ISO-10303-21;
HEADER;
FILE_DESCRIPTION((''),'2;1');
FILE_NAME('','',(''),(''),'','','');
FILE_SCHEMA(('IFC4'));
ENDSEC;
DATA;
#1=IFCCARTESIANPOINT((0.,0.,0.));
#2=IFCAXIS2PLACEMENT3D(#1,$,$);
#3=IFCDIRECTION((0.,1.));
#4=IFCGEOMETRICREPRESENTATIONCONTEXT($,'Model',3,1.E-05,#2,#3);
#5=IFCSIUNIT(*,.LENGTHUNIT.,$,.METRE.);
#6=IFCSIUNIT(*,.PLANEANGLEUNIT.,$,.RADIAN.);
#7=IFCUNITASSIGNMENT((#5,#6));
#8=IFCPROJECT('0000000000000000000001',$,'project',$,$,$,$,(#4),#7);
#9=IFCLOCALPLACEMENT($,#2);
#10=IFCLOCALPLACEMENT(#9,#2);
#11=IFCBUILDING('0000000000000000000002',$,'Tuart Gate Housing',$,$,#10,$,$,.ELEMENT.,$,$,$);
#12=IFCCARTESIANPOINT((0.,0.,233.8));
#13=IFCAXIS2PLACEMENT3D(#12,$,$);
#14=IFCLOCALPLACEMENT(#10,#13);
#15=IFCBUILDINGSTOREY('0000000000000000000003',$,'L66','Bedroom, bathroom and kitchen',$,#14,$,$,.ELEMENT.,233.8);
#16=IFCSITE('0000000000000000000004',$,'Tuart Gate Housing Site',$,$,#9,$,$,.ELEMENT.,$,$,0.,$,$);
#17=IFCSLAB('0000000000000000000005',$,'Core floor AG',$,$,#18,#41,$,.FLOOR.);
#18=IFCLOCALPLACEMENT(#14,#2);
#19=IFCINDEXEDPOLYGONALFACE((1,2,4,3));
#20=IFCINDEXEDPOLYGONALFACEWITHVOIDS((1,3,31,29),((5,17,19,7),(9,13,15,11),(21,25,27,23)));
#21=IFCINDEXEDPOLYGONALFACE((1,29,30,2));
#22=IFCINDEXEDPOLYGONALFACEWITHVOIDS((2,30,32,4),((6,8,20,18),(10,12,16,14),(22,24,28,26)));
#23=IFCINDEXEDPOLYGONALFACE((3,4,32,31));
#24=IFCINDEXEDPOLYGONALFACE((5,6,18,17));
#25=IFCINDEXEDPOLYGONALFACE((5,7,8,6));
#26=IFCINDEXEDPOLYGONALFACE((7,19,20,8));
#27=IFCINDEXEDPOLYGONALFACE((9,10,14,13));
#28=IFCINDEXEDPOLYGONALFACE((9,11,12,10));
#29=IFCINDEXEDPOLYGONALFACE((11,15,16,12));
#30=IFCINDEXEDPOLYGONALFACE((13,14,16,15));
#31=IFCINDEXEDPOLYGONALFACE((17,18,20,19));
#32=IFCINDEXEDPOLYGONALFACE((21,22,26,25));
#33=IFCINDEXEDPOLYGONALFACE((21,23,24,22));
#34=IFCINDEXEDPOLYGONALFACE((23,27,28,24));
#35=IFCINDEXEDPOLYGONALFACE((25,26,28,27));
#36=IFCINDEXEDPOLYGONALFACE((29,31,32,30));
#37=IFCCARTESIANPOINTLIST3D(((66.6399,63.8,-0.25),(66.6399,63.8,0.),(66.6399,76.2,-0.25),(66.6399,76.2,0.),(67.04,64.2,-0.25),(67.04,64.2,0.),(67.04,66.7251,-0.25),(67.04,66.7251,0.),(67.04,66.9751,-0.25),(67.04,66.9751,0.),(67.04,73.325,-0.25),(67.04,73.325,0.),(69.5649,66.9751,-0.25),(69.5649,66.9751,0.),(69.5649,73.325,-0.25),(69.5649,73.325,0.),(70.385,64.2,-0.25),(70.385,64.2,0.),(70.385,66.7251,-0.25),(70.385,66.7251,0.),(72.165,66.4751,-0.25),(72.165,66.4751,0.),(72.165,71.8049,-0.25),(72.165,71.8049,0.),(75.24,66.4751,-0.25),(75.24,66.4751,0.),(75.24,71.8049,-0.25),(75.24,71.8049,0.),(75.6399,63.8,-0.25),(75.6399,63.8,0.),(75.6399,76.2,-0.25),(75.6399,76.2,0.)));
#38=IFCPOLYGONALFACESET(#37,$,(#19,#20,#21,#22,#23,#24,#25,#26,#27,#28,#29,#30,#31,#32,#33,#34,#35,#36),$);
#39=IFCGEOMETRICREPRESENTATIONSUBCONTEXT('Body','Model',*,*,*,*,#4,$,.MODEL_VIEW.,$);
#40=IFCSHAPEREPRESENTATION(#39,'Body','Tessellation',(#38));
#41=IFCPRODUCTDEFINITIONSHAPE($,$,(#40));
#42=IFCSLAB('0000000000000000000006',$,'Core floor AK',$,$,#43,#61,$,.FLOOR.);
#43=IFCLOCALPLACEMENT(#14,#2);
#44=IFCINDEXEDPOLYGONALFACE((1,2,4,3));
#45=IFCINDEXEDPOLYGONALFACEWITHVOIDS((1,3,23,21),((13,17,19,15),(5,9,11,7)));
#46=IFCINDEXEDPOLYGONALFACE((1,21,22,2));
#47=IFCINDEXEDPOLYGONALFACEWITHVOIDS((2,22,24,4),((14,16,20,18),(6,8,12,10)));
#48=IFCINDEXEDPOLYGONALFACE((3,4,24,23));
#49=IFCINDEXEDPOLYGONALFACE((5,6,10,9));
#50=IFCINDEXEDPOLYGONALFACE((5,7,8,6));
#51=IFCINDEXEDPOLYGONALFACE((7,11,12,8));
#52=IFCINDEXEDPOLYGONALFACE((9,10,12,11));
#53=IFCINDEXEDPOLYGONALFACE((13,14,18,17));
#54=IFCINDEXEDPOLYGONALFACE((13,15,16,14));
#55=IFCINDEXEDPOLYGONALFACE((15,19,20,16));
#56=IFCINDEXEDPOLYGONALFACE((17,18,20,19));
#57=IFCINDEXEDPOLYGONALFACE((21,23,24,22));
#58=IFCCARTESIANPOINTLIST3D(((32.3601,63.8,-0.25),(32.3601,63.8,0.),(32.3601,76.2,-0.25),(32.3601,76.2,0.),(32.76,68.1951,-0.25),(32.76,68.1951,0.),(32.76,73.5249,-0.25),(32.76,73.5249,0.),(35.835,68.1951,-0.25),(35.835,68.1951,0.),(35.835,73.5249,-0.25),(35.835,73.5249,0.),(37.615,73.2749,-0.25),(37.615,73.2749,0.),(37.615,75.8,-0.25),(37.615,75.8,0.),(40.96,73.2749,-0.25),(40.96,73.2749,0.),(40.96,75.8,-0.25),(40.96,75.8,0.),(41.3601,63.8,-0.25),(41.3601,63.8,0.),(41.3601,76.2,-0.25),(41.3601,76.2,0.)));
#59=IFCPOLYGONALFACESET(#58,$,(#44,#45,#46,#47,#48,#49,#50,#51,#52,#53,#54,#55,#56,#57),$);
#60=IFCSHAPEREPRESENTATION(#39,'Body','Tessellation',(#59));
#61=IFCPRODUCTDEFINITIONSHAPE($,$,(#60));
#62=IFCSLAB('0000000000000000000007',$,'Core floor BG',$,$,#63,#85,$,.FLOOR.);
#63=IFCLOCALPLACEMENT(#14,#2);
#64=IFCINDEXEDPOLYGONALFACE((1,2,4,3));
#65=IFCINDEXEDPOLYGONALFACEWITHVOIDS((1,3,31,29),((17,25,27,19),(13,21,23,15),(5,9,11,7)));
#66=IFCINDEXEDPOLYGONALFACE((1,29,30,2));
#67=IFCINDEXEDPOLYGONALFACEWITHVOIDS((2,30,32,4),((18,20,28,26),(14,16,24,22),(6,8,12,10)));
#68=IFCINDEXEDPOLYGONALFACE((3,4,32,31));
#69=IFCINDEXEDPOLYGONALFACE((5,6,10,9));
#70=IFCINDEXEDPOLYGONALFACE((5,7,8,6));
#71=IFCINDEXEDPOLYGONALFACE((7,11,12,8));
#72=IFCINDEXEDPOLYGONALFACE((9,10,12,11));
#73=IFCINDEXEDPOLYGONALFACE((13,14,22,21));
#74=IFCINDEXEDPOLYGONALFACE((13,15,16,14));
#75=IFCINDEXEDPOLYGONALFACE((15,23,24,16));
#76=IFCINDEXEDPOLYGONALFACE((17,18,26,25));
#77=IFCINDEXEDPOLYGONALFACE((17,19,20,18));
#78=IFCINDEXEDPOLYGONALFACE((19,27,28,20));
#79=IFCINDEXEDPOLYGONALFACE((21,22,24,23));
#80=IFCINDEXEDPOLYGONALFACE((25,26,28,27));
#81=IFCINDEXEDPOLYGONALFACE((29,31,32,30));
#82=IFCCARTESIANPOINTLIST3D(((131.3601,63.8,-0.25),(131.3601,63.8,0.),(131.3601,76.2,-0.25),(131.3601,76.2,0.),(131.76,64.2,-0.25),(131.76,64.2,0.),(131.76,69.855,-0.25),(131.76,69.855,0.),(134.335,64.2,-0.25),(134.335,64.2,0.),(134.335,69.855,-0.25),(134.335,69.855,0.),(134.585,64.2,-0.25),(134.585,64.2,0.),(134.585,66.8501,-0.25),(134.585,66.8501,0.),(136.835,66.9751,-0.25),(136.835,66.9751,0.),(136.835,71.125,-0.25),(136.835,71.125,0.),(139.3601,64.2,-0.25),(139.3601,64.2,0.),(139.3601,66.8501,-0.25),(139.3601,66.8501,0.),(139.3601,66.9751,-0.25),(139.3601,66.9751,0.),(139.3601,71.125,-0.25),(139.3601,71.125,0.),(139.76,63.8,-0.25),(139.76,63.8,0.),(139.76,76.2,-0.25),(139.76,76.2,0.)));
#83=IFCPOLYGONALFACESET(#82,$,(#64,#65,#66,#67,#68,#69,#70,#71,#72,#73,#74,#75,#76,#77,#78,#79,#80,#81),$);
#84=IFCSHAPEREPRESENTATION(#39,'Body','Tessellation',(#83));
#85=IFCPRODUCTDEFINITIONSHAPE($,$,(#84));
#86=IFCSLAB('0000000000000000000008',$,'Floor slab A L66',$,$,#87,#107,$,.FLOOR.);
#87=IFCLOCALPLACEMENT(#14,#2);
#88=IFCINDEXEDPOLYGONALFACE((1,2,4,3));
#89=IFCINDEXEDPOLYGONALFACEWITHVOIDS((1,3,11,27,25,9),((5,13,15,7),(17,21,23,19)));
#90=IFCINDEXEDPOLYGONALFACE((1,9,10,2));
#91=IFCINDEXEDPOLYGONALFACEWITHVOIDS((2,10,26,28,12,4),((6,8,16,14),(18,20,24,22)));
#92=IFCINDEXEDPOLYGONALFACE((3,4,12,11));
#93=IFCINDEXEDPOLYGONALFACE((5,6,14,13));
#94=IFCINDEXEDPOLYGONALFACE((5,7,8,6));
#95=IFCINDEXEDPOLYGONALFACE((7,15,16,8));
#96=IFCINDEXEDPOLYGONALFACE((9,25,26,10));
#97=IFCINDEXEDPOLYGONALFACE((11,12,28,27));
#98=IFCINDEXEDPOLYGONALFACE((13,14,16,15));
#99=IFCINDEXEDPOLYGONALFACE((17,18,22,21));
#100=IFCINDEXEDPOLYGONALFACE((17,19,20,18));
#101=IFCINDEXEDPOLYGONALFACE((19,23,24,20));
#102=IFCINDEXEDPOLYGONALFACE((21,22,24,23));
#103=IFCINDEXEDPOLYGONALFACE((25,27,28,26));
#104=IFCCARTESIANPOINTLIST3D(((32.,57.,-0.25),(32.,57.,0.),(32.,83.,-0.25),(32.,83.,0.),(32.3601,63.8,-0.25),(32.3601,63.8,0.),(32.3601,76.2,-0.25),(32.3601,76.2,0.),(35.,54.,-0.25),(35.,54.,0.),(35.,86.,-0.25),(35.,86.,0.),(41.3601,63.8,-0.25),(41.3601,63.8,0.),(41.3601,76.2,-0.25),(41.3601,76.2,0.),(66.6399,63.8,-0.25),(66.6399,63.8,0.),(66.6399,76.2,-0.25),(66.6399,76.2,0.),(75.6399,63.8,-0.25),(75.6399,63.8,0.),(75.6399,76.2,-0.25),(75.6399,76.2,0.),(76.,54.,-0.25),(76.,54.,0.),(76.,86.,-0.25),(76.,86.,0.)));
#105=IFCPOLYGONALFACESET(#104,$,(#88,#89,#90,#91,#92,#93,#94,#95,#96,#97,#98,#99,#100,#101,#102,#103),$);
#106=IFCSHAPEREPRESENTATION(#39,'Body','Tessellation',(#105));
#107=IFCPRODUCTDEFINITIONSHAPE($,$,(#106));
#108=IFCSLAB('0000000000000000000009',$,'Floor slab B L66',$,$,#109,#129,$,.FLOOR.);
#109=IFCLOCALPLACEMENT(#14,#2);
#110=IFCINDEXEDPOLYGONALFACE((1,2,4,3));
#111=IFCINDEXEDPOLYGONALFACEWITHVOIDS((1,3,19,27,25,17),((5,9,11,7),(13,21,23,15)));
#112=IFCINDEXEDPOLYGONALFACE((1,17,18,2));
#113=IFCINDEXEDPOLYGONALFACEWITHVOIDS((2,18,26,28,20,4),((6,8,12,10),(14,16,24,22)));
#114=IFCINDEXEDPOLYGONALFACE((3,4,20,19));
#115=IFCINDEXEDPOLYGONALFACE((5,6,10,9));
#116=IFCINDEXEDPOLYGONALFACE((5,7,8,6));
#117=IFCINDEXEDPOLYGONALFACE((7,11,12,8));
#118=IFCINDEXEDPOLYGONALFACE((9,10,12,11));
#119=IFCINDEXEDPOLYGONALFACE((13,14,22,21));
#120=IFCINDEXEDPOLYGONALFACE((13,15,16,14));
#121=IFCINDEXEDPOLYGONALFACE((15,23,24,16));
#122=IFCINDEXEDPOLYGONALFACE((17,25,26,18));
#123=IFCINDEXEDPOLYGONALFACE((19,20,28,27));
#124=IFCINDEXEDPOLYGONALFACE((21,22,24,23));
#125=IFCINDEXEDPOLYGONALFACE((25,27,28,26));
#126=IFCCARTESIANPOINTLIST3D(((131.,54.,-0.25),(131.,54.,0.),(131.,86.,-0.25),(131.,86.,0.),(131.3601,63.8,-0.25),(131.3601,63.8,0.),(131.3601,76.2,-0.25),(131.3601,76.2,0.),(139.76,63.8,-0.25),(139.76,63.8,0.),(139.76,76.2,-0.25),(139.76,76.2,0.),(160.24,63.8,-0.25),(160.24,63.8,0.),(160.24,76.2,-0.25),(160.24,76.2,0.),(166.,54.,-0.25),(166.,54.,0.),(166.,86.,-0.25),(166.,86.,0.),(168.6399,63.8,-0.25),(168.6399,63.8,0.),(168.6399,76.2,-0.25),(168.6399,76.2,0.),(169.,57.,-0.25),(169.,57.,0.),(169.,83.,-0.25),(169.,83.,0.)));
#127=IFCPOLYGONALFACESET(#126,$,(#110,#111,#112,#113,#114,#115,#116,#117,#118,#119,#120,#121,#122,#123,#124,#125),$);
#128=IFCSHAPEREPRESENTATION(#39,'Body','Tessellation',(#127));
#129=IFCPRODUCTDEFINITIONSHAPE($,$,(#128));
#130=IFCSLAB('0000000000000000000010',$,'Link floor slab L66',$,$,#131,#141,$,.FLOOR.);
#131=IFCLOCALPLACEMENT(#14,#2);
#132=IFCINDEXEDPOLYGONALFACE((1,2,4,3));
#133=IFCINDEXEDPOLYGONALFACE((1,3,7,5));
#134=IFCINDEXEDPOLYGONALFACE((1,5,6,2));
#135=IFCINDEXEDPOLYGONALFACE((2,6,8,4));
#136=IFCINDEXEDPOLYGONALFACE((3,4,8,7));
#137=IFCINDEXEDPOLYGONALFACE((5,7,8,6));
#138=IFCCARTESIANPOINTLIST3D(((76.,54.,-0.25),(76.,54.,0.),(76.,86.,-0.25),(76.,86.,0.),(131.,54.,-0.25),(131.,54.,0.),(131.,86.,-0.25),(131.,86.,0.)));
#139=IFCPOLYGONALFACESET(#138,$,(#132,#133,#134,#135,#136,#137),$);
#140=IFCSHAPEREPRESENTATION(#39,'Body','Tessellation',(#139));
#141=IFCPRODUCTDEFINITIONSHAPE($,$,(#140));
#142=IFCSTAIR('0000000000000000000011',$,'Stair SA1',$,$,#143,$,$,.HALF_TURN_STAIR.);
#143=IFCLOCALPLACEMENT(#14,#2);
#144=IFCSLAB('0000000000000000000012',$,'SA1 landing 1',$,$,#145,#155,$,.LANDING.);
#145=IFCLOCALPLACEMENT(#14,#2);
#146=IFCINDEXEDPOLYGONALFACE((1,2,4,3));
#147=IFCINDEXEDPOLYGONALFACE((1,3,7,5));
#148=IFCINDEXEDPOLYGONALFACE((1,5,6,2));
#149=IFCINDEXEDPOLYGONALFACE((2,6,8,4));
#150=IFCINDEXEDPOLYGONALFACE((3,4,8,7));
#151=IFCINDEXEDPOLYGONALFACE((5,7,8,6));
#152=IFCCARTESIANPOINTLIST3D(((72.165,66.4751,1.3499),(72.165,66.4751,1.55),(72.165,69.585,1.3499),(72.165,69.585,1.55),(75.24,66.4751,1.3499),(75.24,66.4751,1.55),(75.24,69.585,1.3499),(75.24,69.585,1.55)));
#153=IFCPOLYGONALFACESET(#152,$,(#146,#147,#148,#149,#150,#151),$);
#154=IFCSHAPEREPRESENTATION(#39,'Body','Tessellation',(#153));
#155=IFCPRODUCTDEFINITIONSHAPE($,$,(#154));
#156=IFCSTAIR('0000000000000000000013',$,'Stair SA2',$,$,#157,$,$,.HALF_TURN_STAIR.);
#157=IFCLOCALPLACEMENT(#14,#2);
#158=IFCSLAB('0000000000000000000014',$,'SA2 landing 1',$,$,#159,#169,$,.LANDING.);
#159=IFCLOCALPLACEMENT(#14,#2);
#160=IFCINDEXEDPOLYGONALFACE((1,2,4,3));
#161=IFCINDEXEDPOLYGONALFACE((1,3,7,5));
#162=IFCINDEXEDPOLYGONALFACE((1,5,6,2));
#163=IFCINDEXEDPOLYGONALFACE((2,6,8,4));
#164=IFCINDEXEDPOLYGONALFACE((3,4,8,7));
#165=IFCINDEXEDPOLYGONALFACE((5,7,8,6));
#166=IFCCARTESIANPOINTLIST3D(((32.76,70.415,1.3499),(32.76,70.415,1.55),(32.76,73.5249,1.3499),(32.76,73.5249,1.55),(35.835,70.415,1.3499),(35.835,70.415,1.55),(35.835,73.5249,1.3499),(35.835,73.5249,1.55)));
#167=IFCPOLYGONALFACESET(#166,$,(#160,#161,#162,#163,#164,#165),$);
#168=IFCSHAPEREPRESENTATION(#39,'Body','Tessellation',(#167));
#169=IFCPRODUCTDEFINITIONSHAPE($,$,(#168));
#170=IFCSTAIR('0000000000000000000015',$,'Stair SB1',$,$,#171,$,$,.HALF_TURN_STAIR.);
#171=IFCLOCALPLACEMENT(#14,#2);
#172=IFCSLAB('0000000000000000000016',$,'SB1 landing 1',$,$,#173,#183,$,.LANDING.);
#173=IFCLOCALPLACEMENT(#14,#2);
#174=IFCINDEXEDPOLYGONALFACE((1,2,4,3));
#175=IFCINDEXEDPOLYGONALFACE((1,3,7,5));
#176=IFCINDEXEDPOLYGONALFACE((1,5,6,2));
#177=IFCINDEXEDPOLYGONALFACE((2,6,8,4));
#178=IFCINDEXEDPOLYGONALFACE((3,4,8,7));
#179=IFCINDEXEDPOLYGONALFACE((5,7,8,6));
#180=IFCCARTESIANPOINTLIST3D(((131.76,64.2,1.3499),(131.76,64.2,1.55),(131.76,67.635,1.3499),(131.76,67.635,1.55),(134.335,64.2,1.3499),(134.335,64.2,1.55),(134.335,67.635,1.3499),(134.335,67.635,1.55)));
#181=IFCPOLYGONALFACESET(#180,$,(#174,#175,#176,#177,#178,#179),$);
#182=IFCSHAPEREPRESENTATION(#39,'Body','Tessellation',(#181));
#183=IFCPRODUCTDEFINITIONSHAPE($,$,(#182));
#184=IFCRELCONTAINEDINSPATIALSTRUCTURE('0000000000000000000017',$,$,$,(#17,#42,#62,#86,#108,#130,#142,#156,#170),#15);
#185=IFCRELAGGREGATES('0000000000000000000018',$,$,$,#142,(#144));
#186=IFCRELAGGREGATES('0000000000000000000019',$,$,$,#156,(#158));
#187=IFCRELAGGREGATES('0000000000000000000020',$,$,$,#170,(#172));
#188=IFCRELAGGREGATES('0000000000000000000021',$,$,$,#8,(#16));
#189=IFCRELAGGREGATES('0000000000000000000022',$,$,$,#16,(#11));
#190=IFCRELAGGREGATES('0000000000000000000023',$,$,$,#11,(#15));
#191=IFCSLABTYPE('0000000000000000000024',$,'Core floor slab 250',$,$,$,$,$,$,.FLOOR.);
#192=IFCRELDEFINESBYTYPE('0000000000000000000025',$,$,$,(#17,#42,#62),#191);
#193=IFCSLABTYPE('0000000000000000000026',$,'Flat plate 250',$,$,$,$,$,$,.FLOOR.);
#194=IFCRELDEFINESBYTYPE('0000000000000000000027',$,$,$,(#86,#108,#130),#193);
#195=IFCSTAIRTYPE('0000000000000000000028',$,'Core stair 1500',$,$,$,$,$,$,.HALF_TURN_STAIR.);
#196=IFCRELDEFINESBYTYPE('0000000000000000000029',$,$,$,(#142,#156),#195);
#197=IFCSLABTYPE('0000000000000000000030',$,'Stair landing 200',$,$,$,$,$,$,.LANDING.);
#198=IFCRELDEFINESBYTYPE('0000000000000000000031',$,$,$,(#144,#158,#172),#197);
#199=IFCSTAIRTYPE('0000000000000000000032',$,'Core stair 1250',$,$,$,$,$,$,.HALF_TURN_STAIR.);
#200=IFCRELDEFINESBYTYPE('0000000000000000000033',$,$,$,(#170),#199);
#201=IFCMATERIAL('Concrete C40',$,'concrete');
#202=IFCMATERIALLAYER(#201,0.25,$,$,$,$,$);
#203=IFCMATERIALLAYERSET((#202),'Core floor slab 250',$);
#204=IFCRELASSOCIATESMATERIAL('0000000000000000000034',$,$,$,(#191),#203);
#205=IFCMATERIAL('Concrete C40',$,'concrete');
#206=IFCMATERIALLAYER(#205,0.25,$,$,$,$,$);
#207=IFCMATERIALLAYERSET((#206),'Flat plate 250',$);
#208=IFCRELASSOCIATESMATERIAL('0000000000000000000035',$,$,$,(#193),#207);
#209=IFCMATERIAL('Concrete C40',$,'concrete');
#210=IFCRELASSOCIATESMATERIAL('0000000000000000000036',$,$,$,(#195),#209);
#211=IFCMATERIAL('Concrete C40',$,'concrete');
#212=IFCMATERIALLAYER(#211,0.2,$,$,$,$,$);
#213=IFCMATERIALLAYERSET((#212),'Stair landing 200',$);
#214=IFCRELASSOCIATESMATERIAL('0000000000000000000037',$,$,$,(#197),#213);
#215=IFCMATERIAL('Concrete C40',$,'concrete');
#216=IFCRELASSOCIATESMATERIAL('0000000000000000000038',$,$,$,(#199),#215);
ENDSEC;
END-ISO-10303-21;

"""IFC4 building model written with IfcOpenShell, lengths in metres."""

from ifc_helpers import new_model, si_unit, direction, frame, origin, place, context, subcontext, project, spatial, polyline, outline, extrude, material, layer, layer_set, type_object, element, aggregate, save


model = new_model("IFC4")

# Units and contexts
model_context = context("Model", 3, precision=1e-05, world=origin(), true_north=direction((0.0, 1.0)))
body_context = subcontext(model_context, "Body", "Model", "MODEL_VIEW")
ifc_project = project(units=[si_unit("LENGTHUNIT", "METRE"), si_unit("PLANEANGLEUNIT", "RADIAN")], contexts=[model_context])

# Site, building, storey
site_placement = place(None, origin())
site = spatial("IfcSite", under=ifc_project, at=site_placement, Name="Tuart Gate Housing Site", CompositionType="ELEMENT", RefElevation=0.0)
building_placement = place(site_placement, origin())
building = spatial("IfcBuilding", under=site, at=building_placement, Name="Tuart Gate Housing", CompositionType="ELEMENT")
storey_placement = place(building_placement, frame((0.0, 0.0, 233.8)))
storey = spatial("IfcBuildingStorey", under=building, at=storey_placement, Name="L66", Description="Bedroom, bathroom and kitchen", CompositionType="ELEMENT", Elevation=233.8)

# Slabs
ifc_material_1 = material(Name="Concrete C40", Category="concrete")
ifc_layer_1 = layer(ifc_material_1, 0.25)
ifc_layer_set_1 = layer_set([ifc_layer_1], Name="Core floor slab 250")
slab_type_1 = type_object("IfcSlabType", Name="Core floor slab 250", PredefinedType="FLOOR", material=ifc_layer_set_1)
slab_1_placement = place(storey_placement, frame((0.0, 0.0, -0.25)))
element("IfcSlab", 1, at=slab_1_placement, inside=storey, type_object=slab_type_1, Name="Core floor AG", PredefinedType="FLOOR", context=body_context, shape_type="SweptSolid", body=[
    extrude(outline(polyline([(66.6399, 63.8), (75.6399, 63.8), (75.6399, 76.2), (66.6399, 76.2), (66.6399, 63.8)]), holes=[polyline([(67.04, 64.2), (70.385, 64.2), (70.385, 66.7251), (67.04, 66.7251), (67.04, 64.2)]), polyline([(67.04, 66.9751), (69.5649, 66.9751), (69.5649, 73.325), (67.04, 73.325), (67.04, 66.9751)]), polyline([(72.165, 66.4751), (75.24, 66.4751), (75.24, 71.8049), (72.165, 71.8049), (72.165, 66.4751)])]), origin(), (0.0, 0.0, 1.0), 0.25),
])
slab_2_placement = place(storey_placement, frame((0.0, 0.0, -0.25)))
element("IfcSlab", 2, at=slab_2_placement, inside=storey, type_object=slab_type_1, Name="Core floor AK", PredefinedType="FLOOR", context=body_context, shape_type="SweptSolid", body=[
    extrude(outline(polyline([(32.3601, 63.8), (41.3601, 63.8), (41.3601, 76.2), (32.3601, 76.2), (32.3601, 63.8)]), holes=[polyline([(40.96, 75.8), (37.615, 75.8), (37.615, 73.2749), (40.96, 73.2749), (40.96, 75.8)]), polyline([(35.835, 73.5249), (32.76, 73.5249), (32.76, 68.1951), (35.835, 68.1951), (35.835, 73.5249)])]), origin(), (0.0, 0.0, 1.0), 0.25),
])
slab_3_placement = place(storey_placement, frame((0.0, 0.0, -0.25)))
element("IfcSlab", 3, at=slab_3_placement, inside=storey, type_object=slab_type_1, Name="Core floor BG", PredefinedType="FLOOR", context=body_context, shape_type="SweptSolid", body=[
    extrude(outline(polyline([(131.3601, 63.8), (139.76, 63.8), (139.76, 76.2), (131.3601, 76.2), (131.3601, 63.8)]), holes=[polyline([(139.3601, 66.8501), (134.585, 66.8501), (134.585, 64.2), (139.3601, 64.2), (139.3601, 66.8501)]), polyline([(139.3601, 71.125), (136.835, 71.125), (136.835, 66.9751), (139.3601, 66.9751), (139.3601, 71.125)]), polyline([(134.335, 69.855), (131.76, 69.855), (131.76, 64.2), (134.335, 64.2), (134.335, 69.855)])]), origin(), (0.0, 0.0, 1.0), 0.25),
])
ifc_material_2 = material(Name="Concrete C40", Category="concrete")
ifc_layer_2 = layer(ifc_material_2, 0.25)
ifc_layer_set_2 = layer_set([ifc_layer_2], Name="Flat plate 250")
slab_type_2 = type_object("IfcSlabType", Name="Flat plate 250", PredefinedType="FLOOR", material=ifc_layer_set_2)
slab_4_placement = place(storey_placement, frame((0.0, 0.0, -0.25)))
element("IfcSlab", 4, at=slab_4_placement, inside=storey, type_object=slab_type_2, Name="Floor slab A L66", PredefinedType="FLOOR", context=body_context, shape_type="SweptSolid", body=[
    extrude(outline(polyline([(35.0, 86.0), (32.0, 83.0), (32.0, 57.0), (35.0, 54.0), (76.0, 54.0), (76.0, 86.0), (35.0, 86.0)]), holes=[polyline([(66.6399, 76.2), (75.6399, 76.2), (75.6399, 63.8), (66.6399, 63.8), (66.6399, 76.2)]), polyline([(41.3601, 76.2), (41.3601, 63.8), (32.3601, 63.8), (32.3601, 76.2), (41.3601, 76.2)])]), origin(), (0.0, 0.0, 1.0), 0.25),
])
slab_5_placement = place(storey_placement, frame((0.0, 0.0, -0.25)))
element("IfcSlab", 5, at=slab_5_placement, inside=storey, type_object=slab_type_2, Name="Floor slab B L66", PredefinedType="FLOOR", context=body_context, shape_type="SweptSolid", body=[
    extrude(outline(polyline([(166.0, 86.0), (131.0, 86.0), (131.0, 54.0), (166.0, 54.0), (169.0, 57.0), (169.0, 83.0), (166.0, 86.0)]), holes=[polyline([(131.3601, 76.2), (139.76, 76.2), (139.76, 63.8), (131.3601, 63.8), (131.3601, 76.2)]), polyline([(168.6399, 76.2), (168.6399, 63.8), (160.24, 63.8), (160.24, 76.2), (168.6399, 76.2)])]), origin(), (0.0, 0.0, 1.0), 0.25),
])
slab_6_placement = place(storey_placement, frame((0.0, 0.0, -0.25)))
element("IfcSlab", 6, at=slab_6_placement, inside=storey, type_object=slab_type_2, Name="Link floor slab L66", PredefinedType="FLOOR", context=body_context, shape_type="SweptSolid", body=[
    extrude(outline(polyline([(76.0, 54.0), (131.0, 54.0), (131.0, 86.0), (76.0, 86.0), (76.0, 54.0)])), origin(), (0.0, 0.0, 1.0), 0.25),
])

# Stairs, slabs
ifc_material_3 = material(Name="Concrete C40", Category="concrete")
stair_type_1 = type_object("IfcStairType", Name="Core stair 1500", PredefinedType="HALF_TURN_STAIR", material=ifc_material_3)
stair_1_placement = place(storey_placement, origin())
stair_1 = element("IfcStair", 7, at=stair_1_placement, inside=storey, type_object=stair_type_1, Name="Stair SA1", PredefinedType="HALF_TURN_STAIR")
ifc_material_4 = material(Name="Concrete C40", Category="concrete")
ifc_layer_3 = layer(ifc_material_4, 0.2)
ifc_layer_set_3 = layer_set([ifc_layer_3], Name="Stair landing 200")
slab_type_3 = type_object("IfcSlabType", Name="Stair landing 200", PredefinedType="LANDING", material=ifc_layer_set_3)
slab_7_placement = place(storey_placement, frame((0.0, 0.0, 1.3499)))
slab_7 = element("IfcSlab", 8, at=slab_7_placement, type_object=slab_type_3, Name="SA1 landing 1", PredefinedType="LANDING", context=body_context, shape_type="SweptSolid", body=[
    extrude(outline(polyline([(72.165, 66.4751), (75.24, 66.4751), (75.24, 69.585), (72.165, 69.585), (72.165, 66.4751)])), origin(), (0.0, 0.0, 1.0), 0.2002),
])
aggregate(stair_1, [slab_7])
stair_2_placement = place(storey_placement, origin())
stair_2 = element("IfcStair", 9, at=stair_2_placement, inside=storey, type_object=stair_type_1, Name="Stair SA2", PredefinedType="HALF_TURN_STAIR")
slab_8_placement = place(storey_placement, frame((0.0, 0.0, 1.3499)))
slab_8 = element("IfcSlab", 10, at=slab_8_placement, type_object=slab_type_3, Name="SA2 landing 1", PredefinedType="LANDING", context=body_context, shape_type="SweptSolid", body=[
    extrude(outline(polyline([(35.835, 73.5249), (32.76, 73.5249), (32.76, 70.415), (35.835, 70.415), (35.835, 73.5249)])), origin(), (0.0, 0.0, 1.0), 0.2002),
])
aggregate(stair_2, [slab_8])
ifc_material_5 = material(Name="Concrete C40", Category="concrete")
stair_type_2 = type_object("IfcStairType", Name="Core stair 1250", PredefinedType="HALF_TURN_STAIR", material=ifc_material_5)
stair_3_placement = place(storey_placement, origin())
stair_3 = element("IfcStair", 11, at=stair_3_placement, inside=storey, type_object=stair_type_2, Name="Stair SB1", PredefinedType="HALF_TURN_STAIR")
slab_9_placement = place(storey_placement, frame((0.0, 0.0, 1.3499)))
slab_9 = element("IfcSlab", 12, at=slab_9_placement, type_object=slab_type_3, Name="SB1 landing 1", PredefinedType="LANDING", context=body_context, shape_type="SweptSolid", body=[
    extrude(outline(polyline([(134.335, 67.635), (131.76, 67.635), (131.76, 64.2), (134.335, 64.2), (134.335, 67.635)])), origin(), (0.0, 0.0, 1.0), 0.2002),
])
aggregate(stair_3, [slab_9])

save(model, "model.ifc")
